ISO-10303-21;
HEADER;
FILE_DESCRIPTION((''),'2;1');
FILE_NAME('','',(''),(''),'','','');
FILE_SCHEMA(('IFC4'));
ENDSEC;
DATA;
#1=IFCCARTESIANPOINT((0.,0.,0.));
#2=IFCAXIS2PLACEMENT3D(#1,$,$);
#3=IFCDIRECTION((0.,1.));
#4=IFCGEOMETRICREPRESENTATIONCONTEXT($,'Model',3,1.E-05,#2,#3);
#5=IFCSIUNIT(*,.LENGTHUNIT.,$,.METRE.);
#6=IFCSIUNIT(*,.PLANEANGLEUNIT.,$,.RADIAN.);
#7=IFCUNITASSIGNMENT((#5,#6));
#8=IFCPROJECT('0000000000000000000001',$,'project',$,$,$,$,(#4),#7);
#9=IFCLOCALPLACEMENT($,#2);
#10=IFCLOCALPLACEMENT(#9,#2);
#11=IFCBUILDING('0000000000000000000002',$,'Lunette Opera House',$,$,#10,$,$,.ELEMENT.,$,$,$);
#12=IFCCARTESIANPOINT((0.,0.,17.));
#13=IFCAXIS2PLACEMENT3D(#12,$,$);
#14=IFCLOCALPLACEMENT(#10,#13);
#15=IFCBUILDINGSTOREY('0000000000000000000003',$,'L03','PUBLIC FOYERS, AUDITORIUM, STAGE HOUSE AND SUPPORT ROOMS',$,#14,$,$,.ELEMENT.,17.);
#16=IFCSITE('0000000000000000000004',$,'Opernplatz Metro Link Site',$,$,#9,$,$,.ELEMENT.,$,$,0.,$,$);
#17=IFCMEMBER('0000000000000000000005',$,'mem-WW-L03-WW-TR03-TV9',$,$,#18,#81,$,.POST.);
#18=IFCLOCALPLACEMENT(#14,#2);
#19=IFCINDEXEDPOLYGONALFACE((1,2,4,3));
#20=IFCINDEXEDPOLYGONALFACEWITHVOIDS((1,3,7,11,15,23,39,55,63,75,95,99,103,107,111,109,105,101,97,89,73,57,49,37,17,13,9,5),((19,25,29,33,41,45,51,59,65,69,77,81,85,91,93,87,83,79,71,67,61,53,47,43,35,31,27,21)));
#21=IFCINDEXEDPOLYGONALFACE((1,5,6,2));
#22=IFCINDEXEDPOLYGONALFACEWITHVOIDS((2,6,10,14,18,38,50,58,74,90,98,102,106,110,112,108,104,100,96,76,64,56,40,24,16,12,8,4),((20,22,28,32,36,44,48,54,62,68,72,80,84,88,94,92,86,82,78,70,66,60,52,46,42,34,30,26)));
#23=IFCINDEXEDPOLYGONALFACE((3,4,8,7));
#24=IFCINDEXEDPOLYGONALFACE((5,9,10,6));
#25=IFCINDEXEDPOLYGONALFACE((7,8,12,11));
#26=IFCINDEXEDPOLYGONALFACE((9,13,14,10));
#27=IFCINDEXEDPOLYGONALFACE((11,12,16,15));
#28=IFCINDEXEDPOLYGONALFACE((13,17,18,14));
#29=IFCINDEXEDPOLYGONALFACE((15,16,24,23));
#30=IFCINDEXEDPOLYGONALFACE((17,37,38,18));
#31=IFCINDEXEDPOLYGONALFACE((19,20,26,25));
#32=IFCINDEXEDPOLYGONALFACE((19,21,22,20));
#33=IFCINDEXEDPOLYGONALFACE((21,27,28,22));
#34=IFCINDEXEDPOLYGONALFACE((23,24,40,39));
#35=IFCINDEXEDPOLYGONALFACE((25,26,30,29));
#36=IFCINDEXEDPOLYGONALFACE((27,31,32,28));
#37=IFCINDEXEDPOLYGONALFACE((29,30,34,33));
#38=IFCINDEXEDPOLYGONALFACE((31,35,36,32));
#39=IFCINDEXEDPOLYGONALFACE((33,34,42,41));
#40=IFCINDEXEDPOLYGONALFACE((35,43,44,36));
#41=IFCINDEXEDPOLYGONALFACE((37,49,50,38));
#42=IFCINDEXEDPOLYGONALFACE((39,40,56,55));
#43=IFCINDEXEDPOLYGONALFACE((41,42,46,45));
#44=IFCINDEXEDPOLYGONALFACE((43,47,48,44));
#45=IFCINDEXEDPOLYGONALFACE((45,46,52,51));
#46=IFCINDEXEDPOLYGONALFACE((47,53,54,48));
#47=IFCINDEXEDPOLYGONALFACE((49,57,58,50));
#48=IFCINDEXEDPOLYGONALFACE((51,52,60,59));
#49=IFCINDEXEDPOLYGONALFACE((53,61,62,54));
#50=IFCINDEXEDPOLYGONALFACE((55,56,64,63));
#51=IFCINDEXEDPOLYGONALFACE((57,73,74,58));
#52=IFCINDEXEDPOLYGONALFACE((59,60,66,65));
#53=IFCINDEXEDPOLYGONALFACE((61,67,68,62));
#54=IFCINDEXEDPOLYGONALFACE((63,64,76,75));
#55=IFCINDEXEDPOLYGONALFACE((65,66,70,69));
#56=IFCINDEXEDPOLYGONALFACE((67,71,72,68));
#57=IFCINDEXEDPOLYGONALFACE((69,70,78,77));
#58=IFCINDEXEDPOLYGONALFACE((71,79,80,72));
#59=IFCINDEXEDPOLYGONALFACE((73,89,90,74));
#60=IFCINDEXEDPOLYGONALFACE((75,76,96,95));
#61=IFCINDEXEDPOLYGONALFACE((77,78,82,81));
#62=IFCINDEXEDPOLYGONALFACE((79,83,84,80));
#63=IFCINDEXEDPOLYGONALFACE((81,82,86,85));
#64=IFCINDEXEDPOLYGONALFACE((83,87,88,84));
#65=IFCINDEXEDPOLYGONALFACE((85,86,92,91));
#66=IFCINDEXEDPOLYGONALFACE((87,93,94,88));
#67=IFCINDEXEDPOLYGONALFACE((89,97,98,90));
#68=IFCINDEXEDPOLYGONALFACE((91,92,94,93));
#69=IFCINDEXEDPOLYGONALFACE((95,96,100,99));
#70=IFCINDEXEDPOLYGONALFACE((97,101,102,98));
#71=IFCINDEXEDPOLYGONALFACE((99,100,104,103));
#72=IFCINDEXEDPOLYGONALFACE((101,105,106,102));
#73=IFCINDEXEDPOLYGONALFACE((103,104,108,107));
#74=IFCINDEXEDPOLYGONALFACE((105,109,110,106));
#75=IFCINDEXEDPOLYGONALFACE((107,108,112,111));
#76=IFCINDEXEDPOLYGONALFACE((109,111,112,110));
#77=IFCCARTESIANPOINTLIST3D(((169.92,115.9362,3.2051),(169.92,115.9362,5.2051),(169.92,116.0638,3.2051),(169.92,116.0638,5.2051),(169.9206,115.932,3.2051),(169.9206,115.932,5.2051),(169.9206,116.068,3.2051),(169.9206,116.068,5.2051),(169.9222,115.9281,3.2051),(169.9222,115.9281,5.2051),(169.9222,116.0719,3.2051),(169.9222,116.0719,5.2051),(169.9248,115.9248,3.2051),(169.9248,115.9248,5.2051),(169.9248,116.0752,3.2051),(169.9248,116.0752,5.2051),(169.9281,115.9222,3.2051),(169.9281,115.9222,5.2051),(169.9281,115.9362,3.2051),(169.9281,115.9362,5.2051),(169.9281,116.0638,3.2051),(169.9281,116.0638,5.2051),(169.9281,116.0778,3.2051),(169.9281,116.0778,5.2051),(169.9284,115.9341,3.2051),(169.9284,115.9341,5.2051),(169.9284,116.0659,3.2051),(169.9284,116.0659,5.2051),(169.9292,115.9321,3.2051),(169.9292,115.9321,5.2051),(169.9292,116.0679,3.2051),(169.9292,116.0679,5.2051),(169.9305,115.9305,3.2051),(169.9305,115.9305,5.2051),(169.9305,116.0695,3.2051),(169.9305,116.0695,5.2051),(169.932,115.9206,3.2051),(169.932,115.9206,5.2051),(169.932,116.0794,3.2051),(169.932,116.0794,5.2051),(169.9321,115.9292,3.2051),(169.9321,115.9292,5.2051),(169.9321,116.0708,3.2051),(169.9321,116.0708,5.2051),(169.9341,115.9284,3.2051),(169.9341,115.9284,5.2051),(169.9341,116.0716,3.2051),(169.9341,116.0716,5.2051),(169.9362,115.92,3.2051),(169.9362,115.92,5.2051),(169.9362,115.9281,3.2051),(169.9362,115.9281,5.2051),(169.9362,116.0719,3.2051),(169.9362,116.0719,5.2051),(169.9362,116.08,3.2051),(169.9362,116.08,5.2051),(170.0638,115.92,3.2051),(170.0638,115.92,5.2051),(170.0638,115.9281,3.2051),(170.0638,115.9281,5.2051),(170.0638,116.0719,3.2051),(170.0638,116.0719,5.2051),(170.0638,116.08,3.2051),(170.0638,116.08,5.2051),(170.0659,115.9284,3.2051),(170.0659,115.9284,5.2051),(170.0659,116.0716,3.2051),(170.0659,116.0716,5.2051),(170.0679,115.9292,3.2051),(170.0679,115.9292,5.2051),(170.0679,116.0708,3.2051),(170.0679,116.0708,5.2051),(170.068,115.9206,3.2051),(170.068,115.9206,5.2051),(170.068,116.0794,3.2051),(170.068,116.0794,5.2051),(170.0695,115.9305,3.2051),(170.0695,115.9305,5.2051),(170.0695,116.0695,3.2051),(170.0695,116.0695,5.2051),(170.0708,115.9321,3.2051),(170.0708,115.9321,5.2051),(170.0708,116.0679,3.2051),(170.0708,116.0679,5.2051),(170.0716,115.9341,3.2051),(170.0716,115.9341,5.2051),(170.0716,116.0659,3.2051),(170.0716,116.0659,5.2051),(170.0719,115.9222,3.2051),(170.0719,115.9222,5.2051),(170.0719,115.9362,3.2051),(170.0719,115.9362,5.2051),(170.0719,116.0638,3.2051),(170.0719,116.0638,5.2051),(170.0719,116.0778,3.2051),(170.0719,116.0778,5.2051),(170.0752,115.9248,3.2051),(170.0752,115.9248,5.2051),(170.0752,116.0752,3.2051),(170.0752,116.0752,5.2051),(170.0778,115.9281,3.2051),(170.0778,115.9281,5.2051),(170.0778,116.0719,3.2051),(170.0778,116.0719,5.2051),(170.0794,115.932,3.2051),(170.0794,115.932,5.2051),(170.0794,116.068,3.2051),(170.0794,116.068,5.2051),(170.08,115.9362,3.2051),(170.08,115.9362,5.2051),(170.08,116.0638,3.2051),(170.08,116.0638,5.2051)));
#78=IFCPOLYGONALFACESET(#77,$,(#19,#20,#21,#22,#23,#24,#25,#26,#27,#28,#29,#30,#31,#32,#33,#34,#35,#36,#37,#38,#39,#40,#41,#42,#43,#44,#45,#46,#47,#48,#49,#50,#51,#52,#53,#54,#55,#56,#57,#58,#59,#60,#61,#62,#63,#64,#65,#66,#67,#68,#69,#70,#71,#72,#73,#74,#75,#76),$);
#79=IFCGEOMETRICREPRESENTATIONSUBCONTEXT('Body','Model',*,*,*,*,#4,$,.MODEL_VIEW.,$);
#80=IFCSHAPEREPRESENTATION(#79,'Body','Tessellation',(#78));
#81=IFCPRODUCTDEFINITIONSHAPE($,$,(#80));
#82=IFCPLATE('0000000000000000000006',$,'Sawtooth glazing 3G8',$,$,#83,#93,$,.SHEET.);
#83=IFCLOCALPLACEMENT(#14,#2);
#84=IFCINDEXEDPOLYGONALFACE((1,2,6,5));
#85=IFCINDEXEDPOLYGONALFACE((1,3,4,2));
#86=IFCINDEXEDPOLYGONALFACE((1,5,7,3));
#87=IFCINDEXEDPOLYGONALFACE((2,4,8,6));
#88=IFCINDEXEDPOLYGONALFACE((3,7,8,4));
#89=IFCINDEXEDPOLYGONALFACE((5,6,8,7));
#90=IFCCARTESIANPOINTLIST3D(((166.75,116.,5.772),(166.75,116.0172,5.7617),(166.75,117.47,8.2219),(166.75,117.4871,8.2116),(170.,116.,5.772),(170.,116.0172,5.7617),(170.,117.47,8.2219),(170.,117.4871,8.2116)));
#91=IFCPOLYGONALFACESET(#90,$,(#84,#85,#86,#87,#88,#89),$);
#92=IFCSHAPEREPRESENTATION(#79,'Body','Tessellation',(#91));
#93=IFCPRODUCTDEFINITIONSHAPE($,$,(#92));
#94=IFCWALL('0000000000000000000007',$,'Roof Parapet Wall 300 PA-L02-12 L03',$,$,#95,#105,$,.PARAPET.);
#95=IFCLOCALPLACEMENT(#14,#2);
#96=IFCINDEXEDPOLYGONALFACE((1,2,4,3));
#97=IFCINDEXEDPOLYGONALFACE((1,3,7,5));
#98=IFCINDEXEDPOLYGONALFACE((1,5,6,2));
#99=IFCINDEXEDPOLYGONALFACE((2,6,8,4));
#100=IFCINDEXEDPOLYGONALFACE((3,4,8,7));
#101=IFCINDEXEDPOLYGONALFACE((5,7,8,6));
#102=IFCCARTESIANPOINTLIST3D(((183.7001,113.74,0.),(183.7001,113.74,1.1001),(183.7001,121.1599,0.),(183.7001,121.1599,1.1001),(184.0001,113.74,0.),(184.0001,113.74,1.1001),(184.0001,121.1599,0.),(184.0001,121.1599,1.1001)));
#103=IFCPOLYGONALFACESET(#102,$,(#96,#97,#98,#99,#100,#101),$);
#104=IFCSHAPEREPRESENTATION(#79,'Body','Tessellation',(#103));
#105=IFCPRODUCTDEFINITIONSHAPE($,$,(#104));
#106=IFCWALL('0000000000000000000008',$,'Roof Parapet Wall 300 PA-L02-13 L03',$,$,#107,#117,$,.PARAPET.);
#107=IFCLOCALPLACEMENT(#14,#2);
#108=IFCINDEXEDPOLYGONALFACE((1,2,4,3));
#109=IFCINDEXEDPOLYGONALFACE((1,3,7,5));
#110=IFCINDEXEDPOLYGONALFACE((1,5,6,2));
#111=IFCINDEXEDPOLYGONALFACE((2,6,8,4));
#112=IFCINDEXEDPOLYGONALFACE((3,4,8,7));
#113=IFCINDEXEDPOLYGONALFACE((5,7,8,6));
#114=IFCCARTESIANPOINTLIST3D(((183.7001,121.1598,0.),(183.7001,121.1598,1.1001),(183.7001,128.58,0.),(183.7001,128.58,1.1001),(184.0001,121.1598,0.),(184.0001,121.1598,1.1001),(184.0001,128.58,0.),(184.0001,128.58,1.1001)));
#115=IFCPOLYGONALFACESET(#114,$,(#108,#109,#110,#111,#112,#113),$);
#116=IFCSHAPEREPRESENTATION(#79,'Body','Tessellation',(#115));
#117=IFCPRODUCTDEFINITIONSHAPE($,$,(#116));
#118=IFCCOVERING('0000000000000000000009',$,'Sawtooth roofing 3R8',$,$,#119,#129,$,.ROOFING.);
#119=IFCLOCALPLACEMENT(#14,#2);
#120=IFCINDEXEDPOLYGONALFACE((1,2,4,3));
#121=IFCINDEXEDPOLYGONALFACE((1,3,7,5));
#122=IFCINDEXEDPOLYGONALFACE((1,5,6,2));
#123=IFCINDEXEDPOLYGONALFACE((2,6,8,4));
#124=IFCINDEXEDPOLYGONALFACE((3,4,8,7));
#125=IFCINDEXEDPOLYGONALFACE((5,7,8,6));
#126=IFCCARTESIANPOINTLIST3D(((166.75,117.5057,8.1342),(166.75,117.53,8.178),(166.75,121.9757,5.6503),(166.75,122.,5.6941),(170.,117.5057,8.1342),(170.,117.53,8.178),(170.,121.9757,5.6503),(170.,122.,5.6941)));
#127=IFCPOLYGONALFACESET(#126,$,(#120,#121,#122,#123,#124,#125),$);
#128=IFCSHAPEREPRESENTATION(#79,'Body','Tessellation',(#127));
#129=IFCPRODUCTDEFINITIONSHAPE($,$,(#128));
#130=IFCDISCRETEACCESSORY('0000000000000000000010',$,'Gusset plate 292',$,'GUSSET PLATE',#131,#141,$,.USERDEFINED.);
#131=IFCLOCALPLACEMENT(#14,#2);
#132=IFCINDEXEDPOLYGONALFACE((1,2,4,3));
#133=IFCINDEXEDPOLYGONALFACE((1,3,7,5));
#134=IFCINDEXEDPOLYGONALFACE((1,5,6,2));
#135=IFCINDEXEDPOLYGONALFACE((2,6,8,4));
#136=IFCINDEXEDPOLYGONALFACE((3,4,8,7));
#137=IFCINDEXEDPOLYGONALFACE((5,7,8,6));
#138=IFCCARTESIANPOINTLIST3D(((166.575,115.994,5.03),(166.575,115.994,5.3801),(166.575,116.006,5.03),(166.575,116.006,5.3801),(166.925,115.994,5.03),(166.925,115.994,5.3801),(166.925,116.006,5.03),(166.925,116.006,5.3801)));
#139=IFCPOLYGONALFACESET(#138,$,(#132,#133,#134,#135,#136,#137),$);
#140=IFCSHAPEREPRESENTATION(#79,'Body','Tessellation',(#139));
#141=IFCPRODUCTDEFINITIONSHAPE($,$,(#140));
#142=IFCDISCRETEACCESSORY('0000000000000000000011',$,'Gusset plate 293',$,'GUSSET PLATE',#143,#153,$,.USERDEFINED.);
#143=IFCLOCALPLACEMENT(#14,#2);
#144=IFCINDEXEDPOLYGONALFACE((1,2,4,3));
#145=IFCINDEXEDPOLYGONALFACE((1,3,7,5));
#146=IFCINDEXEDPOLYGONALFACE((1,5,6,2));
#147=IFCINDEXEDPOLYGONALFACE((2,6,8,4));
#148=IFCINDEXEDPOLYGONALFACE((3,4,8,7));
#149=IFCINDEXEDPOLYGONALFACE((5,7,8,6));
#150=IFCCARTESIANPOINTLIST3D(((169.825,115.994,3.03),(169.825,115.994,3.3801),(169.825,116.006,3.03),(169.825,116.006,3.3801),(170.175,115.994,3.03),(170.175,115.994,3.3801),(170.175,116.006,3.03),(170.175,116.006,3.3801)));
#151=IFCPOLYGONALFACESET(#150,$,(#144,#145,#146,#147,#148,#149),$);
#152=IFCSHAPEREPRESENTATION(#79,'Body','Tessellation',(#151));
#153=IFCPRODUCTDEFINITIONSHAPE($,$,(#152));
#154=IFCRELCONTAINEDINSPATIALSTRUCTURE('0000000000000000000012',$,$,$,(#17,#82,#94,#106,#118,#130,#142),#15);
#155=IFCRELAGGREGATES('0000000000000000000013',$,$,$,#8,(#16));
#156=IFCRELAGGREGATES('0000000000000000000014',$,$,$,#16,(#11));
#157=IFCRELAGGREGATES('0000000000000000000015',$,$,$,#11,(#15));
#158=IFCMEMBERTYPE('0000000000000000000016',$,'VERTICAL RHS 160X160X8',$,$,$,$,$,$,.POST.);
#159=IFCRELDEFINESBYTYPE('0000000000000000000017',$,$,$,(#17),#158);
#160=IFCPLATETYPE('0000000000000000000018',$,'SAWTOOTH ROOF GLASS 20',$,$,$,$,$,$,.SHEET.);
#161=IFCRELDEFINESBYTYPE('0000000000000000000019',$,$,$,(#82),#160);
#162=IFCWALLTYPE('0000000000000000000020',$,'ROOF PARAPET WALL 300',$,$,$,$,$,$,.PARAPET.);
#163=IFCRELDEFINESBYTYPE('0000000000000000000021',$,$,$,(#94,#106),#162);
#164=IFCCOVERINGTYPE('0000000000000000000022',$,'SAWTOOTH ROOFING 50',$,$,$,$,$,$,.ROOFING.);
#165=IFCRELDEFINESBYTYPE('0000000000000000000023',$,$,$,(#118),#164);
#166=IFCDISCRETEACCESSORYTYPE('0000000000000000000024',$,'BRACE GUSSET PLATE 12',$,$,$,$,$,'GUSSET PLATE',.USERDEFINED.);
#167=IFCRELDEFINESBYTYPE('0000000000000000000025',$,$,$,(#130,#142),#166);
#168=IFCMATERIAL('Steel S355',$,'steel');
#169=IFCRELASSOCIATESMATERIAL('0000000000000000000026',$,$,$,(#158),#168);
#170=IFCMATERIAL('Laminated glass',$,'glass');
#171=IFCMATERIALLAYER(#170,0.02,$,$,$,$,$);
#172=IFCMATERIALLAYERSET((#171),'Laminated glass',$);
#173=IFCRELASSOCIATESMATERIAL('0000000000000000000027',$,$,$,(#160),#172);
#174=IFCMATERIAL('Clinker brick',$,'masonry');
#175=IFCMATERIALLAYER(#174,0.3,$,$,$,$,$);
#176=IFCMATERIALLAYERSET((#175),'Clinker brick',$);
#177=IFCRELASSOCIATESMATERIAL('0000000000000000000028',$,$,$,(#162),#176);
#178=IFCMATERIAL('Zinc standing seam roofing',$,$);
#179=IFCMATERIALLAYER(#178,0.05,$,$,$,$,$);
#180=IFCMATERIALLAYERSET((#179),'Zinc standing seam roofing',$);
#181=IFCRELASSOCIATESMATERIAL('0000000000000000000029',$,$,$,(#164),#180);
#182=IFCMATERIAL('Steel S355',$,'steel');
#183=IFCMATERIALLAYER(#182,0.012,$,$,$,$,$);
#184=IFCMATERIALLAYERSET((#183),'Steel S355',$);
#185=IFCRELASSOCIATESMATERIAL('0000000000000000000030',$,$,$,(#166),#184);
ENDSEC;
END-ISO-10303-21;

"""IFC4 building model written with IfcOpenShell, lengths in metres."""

from ifc_helpers import new_model, si_unit, direction, frame, frame_2d, origin, origin_2d, place, context, subcontext, project, spatial, polyline, rectangle, hollow_rectangle, outline, extrude, material, layer, layer_set, material_profile, profile_set, type_object, element, save


model = new_model("IFC4")

# Units and contexts
model_context = context("Model", 3, precision=1e-05, world=origin(), true_north=direction((0.0, 1.0)))
body_context = subcontext(model_context, "Body", "Model", "MODEL_VIEW")
ifc_project = project(units=[si_unit("LENGTHUNIT", "METRE"), si_unit("PLANEANGLEUNIT", "RADIAN")], contexts=[model_context])

# Site, building, storey
site_placement = place(None, origin())
site = spatial("IfcSite", under=ifc_project, at=site_placement, Name="Opernplatz Metro Link Site", CompositionType="ELEMENT", RefElevation=0.0)
building_placement = place(site_placement, origin())
building = spatial("IfcBuilding", under=site, at=building_placement, Name="Lunette Opera House", CompositionType="ELEMENT")
storey_placement = place(building_placement, frame((0.0, 0.0, 17.0)))
storey = spatial("IfcBuildingStorey", under=building, at=storey_placement, Name="L03", Description="PUBLIC FOYERS, AUDITORIUM, STAGE HOUSE AND SUPPORT ROOMS", CompositionType="ELEMENT", Elevation=17.0)

# Member
ifc_material_1 = material(Name="Steel S355", Category="steel")
ifc_material_profile_1 = material_profile(ifc_material_1, hollow_rectangle(XDim=0.1599, YDim=0.1599, WallThickness=0.0081, InnerFilletRadius=0.0081, OuterFilletRadius=0.0161, at=origin_2d()), Name="RHS 160X160X8")
ifc_profile_set_1 = profile_set([ifc_material_profile_1], Name="Steel S355")
member_type_1 = type_object("IfcMemberType", Name="VERTICAL RHS 160X160X8", PredefinedType="POST", material=ifc_profile_set_1)
for number, where, z_axis, x_axis, name in (
    (1, (170.0, 116.0, 3.2051), (0.0, 0.0, 1.0), (1.0, 0.0, 0.0), "mem-WW-L03-WW-TR03-TV9"),
):
    element("IfcMember", number, at=place(storey_placement, frame(where, z_axis=z_axis, x_axis=x_axis)), inside=storey, type_object=member_type_1, Name=name, PredefinedType="POST", context=body_context, shape_type="SweptSolid", body=[
        extrude(hollow_rectangle(XDim=0.1599, YDim=0.1599, WallThickness=0.0081, InnerFilletRadius=0.0081, OuterFilletRadius=0.0161, at=origin_2d()), origin(), (0.0, 0.0, 1.0), 2.0),
    ])

# Plate
ifc_material_2 = material(Name="Laminated glass", Category="glass")
ifc_layer_1 = layer(ifc_material_2, 0.02)
ifc_layer_set_1 = layer_set([ifc_layer_1], Name="Laminated glass")
plate_type = type_object("IfcPlateType", Name="SAWTOOTH ROOF GLASS 20", PredefinedType="SHEET", material=ifc_layer_set_1)
plate_placement = place(storey_placement, frame((166.75, 116.0, 5.772), z_axis=(0.0, -0.857493, 0.514496), x_axis=(1.0, 0.0, 0.0)))
element("IfcPlate", 2, at=plate_placement, inside=storey, type_object=plate_type, Name="Sawtooth glazing 3G8", PredefinedType="SHEET", context=body_context, shape_type="SweptSolid", body=[
    extrude(outline(polyline([(0.0, 0.0), (3.25, 0.0), (3.25, 2.8571), (0.0, 2.8571), (0.0, 0.0)])), origin(), (0.0, 0.0, -1.0), 0.02),
])

# Walls
ifc_material_3 = material(Name="Clinker brick", Category="masonry")
ifc_layer_2 = layer(ifc_material_3, 0.3)
ifc_layer_set_2 = layer_set([ifc_layer_2], Name="Clinker brick")
wall_type = type_object("IfcWallType", Name="ROOF PARAPET WALL 300", PredefinedType="PARAPET", material=ifc_layer_set_2)
wall_1_placement = place(storey_placement, frame((183.8501, 113.74, 0.0), z_axis=(0.0, 0.0, 1.0), x_axis=(0.0, 1.0, 0.0)))
element("IfcWall", 3, at=wall_1_placement, inside=storey, type_object=wall_type, Name="Roof Parapet Wall 300 PA-L02-12 L03", PredefinedType="PARAPET", context=body_context, shape_type="SweptSolid", body=[
    extrude(rectangle(XDim=7.4199, YDim=0.3, at=frame_2d((3.71, 0.0))), origin(), (0.0, 0.0, 1.0), 1.1001),
])
wall_2_placement = place(storey_placement, frame((183.8501, 121.1599, 0.0), z_axis=(0.0, 0.0, 1.0), x_axis=(0.0, 1.0, 0.0)))
element("IfcWall", 4, at=wall_2_placement, inside=storey, type_object=wall_type, Name="Roof Parapet Wall 300 PA-L02-13 L03", PredefinedType="PARAPET", context=body_context, shape_type="SweptSolid", body=[
    extrude(rectangle(XDim=7.4202, YDim=0.3, at=frame_2d((3.71, 0.0))), origin(), (0.0, 0.0, 1.0), 1.1001),
])

# Covering
ifc_material_4 = material(Name="Zinc standing seam roofing")
ifc_layer_3 = layer(ifc_material_4, 0.05)
ifc_layer_set_3 = layer_set([ifc_layer_3], Name="Zinc standing seam roofing")
covering_type = type_object("IfcCoveringType", Name="SAWTOOTH ROOFING 50", PredefinedType="ROOFING", material=ifc_layer_set_3)
covering_placement = place(storey_placement, frame((166.75, 117.53, 8.178), z_axis=(0.0, 0.485728, 0.87411), x_axis=(1.0, 0.0, 0.0)))
element("IfcCovering", 5, at=covering_placement, inside=storey, type_object=covering_type, Name="Sawtooth roofing 3R8", PredefinedType="ROOFING", context=body_context, shape_type="SweptSolid", body=[
    extrude(outline(polyline([(0.0, 0.0), (3.25, 0.0), (3.25, 5.1137), (0.0, 5.1137), (0.0, 0.0)])), origin(), (0.0, 0.0, -1.0), 0.05),
])

# Discrete accessories
ifc_material_5 = material(Name="Steel S355", Category="steel")
ifc_layer_4 = layer(ifc_material_5, 0.012)
ifc_layer_set_4 = layer_set([ifc_layer_4], Name="Steel S355")
discrete_accessory_type = type_object("IfcDiscreteAccessoryType", Name="BRACE GUSSET PLATE 12", ElementType="GUSSET PLATE", PredefinedType="USERDEFINED", material=ifc_layer_set_4)
for number, where, z_axis, x_axis, name in (
    (6, (166.75, 116.0, 5.03), (0.0, 0.0, 1.0), (1.0, 0.0, 0.0), "Gusset plate 292"),
    (7, (170.0, 116.0, 3.03), (0.0, 0.0, 1.0), (1.0, 0.0, 0.0), "Gusset plate 293"),
):
    element("IfcDiscreteAccessory", number, at=place(storey_placement, frame(where, z_axis=z_axis, x_axis=x_axis)), inside=storey, type_object=discrete_accessory_type, Name=name, ObjectType="GUSSET PLATE", PredefinedType="USERDEFINED", context=body_context, shape_type="SweptSolid", body=[
        extrude(rectangle(XDim=0.3501, YDim=0.012, at=origin_2d()), origin(), (0.0, 0.0, 1.0), 0.3501),
    ])

save(model, "model.ifc")
